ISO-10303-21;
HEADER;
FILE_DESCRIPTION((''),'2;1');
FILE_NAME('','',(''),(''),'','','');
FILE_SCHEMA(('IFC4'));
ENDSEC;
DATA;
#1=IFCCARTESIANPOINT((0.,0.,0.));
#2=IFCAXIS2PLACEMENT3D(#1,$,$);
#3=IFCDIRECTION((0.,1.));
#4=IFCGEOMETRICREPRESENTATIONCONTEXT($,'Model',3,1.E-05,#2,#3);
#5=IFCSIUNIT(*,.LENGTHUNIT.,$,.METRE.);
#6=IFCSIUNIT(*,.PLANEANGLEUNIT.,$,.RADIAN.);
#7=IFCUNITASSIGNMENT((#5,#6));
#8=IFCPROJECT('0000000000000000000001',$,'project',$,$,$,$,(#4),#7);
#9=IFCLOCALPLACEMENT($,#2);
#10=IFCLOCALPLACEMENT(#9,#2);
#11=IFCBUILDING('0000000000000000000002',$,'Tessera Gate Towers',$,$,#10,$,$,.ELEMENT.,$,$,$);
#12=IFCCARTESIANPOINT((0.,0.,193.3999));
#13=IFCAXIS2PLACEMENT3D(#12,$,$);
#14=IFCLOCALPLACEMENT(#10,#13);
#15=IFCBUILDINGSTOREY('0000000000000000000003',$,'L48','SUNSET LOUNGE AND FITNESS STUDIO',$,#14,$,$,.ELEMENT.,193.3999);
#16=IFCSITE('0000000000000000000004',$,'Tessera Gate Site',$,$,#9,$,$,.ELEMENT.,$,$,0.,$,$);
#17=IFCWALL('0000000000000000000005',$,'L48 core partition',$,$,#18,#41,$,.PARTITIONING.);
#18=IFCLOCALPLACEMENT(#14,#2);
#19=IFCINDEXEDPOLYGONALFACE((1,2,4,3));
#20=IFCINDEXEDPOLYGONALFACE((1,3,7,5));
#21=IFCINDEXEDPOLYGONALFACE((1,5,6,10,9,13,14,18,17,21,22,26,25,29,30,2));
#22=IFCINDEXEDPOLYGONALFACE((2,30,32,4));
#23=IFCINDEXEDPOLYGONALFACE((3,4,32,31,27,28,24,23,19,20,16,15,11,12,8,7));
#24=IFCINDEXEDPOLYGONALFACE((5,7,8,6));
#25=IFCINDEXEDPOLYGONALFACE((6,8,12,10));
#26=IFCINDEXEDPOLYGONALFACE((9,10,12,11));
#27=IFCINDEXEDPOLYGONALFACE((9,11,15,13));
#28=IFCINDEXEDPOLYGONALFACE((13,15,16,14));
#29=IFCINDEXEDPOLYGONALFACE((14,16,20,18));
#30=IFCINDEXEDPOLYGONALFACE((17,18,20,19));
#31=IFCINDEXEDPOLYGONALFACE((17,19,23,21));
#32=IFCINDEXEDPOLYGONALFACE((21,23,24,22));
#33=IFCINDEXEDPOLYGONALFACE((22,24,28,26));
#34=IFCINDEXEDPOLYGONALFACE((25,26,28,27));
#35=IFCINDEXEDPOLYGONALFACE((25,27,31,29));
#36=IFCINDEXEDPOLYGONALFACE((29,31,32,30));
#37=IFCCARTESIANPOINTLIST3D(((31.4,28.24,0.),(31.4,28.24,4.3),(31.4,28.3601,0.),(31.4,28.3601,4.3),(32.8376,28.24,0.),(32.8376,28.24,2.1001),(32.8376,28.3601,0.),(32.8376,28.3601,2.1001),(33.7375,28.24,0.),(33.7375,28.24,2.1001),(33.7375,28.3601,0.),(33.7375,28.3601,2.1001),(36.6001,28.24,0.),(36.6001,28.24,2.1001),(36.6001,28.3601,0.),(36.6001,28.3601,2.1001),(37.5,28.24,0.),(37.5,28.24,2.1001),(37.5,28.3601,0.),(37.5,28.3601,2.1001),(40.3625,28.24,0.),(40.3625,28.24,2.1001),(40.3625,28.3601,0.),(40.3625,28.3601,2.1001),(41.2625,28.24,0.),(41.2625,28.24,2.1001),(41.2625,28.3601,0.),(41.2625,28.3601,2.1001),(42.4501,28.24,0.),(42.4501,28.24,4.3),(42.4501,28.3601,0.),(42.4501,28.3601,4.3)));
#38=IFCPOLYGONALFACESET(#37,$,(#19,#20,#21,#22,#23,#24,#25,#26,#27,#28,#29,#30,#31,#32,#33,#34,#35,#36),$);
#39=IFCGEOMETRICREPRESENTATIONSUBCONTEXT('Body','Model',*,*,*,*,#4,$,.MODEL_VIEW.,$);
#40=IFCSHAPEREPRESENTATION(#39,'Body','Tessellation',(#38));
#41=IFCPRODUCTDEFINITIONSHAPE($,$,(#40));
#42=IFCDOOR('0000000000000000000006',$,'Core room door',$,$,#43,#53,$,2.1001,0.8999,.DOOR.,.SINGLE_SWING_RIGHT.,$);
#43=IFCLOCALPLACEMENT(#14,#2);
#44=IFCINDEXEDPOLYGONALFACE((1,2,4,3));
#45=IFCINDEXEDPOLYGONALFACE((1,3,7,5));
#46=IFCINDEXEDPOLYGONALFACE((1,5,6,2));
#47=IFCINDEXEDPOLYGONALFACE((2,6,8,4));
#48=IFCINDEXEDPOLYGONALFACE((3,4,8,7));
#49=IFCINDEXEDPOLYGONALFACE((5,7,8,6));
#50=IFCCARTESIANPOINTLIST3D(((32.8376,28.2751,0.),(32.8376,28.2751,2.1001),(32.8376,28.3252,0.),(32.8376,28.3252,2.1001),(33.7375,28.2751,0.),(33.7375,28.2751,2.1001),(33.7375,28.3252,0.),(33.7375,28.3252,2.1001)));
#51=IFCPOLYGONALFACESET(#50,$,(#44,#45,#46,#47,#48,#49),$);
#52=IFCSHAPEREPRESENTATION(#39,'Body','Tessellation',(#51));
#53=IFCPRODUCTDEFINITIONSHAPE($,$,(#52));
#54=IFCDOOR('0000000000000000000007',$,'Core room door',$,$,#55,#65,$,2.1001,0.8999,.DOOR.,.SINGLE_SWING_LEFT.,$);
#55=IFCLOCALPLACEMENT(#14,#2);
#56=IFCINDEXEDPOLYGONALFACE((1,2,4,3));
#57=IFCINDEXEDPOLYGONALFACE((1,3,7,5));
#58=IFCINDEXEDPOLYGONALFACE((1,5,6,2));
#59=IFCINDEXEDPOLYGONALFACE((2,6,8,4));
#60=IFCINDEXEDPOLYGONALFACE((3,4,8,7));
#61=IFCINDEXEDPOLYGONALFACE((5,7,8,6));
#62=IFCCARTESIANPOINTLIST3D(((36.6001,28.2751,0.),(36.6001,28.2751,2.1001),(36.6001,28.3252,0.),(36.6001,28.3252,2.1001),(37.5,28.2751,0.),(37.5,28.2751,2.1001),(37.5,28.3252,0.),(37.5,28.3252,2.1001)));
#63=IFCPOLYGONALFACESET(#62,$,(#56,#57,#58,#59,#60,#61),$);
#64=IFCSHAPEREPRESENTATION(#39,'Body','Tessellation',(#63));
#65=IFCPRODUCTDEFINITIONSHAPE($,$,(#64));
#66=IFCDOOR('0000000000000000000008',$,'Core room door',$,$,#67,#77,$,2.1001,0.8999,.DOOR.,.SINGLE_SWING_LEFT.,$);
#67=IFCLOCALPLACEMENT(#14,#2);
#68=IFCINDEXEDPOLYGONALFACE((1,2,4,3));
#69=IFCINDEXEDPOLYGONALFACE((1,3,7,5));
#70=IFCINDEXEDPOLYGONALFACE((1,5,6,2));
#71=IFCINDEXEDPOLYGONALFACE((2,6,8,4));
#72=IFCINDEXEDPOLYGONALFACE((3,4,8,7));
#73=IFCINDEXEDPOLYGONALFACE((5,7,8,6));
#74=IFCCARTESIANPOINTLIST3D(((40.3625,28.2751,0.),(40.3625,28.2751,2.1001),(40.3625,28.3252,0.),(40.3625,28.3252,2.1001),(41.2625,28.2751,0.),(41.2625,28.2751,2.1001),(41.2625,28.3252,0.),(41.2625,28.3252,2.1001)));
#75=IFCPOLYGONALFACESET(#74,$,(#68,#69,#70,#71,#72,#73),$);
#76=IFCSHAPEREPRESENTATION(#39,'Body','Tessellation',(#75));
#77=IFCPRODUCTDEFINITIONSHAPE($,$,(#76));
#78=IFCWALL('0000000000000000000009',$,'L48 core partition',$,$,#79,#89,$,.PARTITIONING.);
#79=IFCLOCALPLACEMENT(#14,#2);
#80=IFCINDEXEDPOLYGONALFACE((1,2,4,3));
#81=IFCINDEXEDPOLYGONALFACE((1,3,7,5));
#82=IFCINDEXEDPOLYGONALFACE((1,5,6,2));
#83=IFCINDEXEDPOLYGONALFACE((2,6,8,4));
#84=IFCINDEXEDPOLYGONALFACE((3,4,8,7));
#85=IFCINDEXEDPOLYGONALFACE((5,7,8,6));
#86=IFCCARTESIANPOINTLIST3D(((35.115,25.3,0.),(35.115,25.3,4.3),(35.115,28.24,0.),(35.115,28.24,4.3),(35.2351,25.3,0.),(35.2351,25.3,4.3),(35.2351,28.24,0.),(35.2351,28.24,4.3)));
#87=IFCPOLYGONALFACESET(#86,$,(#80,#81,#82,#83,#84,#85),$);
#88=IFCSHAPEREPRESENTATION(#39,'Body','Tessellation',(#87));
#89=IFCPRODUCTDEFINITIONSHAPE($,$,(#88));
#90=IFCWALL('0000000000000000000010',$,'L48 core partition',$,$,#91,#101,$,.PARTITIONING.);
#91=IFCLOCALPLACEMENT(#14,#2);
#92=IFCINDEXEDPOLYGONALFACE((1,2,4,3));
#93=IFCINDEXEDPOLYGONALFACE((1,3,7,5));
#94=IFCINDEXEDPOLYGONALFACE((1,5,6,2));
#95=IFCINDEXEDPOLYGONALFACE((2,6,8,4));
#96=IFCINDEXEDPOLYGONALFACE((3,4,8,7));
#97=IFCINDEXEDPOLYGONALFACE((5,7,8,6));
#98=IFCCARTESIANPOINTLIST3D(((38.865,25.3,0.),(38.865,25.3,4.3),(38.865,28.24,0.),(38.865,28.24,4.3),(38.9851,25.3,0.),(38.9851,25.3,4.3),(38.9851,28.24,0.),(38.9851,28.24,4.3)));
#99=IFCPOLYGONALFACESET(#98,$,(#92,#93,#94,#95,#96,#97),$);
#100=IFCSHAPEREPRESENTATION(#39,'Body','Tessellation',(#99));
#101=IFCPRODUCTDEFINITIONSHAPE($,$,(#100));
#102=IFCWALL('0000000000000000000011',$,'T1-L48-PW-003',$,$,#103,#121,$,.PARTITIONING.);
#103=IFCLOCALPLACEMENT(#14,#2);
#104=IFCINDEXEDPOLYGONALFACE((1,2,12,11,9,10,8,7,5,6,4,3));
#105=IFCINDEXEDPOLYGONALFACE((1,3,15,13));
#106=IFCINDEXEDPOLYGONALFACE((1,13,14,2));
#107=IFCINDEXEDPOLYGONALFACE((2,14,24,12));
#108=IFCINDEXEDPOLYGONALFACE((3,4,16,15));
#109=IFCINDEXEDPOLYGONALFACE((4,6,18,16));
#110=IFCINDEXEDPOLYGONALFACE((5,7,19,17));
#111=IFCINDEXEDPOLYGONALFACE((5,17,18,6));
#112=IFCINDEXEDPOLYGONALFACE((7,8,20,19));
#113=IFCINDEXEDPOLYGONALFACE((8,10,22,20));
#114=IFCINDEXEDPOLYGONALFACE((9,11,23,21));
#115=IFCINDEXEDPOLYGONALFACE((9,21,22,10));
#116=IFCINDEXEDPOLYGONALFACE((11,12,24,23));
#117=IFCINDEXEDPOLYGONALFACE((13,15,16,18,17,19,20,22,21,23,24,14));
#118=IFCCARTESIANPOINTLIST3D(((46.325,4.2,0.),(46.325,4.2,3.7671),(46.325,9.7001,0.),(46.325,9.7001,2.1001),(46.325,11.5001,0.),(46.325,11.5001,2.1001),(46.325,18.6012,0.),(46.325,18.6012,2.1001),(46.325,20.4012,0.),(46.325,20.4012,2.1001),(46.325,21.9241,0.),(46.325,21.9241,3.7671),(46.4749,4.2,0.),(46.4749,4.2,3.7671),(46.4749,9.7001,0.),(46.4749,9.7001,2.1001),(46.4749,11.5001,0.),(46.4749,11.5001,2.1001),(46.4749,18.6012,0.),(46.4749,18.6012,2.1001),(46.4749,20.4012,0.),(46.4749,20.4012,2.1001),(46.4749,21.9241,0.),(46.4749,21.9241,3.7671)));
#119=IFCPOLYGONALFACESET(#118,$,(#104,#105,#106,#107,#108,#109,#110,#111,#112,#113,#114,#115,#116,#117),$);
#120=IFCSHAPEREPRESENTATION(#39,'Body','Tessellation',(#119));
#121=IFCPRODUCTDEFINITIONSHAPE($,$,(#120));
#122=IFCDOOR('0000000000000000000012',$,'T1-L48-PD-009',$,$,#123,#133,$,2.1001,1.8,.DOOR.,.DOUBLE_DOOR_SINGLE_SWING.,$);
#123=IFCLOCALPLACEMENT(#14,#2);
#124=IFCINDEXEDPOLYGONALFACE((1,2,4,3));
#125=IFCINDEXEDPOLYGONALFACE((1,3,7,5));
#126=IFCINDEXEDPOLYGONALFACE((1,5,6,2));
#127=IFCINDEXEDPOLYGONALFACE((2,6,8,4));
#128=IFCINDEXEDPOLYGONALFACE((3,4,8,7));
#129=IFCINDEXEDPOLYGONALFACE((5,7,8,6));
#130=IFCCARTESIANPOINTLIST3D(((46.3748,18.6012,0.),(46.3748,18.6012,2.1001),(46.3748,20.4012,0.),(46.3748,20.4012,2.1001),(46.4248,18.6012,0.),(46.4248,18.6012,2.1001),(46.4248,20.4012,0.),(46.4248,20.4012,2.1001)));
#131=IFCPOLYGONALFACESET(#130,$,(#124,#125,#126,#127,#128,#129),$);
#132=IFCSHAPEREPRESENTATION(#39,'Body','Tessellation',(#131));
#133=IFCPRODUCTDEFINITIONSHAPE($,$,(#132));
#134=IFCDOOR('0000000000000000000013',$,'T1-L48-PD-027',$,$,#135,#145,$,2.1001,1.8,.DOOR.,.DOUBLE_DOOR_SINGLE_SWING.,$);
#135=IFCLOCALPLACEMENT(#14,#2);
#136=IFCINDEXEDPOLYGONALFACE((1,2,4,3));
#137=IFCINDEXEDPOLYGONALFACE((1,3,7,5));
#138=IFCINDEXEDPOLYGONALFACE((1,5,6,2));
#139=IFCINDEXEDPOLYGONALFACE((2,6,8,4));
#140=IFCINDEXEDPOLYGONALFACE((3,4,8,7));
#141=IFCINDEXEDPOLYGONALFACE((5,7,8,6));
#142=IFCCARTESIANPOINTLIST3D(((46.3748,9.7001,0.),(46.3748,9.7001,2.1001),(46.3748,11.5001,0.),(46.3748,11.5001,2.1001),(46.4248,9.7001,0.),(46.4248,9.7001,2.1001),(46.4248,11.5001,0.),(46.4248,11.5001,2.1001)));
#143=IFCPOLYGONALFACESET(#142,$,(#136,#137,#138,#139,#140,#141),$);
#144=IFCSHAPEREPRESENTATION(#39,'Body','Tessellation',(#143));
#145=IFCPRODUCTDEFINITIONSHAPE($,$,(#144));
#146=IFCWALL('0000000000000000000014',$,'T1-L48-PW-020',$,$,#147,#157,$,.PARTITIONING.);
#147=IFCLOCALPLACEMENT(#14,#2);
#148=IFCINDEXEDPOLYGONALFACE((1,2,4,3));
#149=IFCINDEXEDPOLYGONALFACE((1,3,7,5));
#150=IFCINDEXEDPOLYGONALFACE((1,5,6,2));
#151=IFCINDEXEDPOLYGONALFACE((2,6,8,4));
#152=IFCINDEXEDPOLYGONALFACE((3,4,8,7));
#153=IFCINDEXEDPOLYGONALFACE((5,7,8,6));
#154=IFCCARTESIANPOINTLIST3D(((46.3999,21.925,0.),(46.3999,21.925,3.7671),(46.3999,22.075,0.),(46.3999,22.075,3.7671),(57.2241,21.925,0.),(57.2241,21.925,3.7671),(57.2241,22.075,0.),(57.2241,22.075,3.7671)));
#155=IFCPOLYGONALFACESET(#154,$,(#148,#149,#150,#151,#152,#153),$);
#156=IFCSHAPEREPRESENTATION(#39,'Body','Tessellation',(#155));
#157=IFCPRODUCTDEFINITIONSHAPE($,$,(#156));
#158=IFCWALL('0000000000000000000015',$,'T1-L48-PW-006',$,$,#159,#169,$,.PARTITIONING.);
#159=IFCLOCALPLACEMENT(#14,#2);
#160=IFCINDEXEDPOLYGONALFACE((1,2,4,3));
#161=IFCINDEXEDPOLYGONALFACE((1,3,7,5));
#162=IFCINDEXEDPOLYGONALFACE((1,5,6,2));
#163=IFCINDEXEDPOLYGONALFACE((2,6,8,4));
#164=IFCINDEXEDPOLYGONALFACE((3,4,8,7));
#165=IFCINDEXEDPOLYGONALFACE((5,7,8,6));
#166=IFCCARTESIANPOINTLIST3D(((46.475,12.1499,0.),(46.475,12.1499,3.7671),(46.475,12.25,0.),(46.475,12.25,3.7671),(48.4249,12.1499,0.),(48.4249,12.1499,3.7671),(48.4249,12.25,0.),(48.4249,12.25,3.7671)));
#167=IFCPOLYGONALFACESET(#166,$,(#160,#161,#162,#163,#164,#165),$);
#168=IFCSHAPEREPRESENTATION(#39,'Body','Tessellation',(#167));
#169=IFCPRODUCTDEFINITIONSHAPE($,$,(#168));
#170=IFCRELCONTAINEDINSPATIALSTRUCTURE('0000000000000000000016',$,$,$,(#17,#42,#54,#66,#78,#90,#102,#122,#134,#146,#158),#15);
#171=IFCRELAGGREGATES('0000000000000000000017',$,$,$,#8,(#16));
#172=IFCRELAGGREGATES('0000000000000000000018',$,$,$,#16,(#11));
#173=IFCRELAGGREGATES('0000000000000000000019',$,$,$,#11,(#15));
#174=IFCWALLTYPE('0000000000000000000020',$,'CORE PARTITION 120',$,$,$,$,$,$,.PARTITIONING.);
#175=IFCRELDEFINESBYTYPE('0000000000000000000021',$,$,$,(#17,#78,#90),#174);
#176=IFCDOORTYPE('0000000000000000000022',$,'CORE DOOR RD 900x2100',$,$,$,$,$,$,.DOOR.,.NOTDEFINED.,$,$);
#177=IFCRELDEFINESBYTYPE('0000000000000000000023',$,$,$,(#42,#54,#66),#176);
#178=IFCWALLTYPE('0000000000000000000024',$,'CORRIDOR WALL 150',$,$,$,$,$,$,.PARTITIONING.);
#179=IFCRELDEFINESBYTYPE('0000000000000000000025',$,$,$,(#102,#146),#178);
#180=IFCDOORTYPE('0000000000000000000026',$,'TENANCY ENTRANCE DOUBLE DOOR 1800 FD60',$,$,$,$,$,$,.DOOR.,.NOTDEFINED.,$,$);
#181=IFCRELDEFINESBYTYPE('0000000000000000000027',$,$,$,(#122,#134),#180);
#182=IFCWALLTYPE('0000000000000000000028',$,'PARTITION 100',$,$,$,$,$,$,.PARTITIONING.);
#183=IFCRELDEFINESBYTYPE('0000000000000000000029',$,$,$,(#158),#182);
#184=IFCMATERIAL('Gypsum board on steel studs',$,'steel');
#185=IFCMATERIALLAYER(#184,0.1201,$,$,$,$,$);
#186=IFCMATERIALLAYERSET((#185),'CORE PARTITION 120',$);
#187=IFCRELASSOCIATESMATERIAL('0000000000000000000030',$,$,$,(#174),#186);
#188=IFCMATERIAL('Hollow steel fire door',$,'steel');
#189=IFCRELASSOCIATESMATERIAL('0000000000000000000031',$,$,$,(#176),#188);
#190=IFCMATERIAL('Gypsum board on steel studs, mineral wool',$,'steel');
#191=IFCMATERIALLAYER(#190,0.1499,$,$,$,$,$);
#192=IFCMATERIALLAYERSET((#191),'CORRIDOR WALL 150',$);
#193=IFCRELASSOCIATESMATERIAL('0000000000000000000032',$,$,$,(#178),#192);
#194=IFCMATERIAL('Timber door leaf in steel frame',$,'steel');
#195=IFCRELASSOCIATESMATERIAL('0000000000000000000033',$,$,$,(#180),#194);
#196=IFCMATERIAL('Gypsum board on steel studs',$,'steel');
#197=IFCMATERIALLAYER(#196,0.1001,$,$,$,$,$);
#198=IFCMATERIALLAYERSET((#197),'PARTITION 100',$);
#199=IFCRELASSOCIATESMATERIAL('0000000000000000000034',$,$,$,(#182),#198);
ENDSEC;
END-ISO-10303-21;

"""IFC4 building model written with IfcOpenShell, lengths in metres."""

from ifc_helpers import new_model, si_unit, direction, frame, frame_2d, origin, place, context, subcontext, project, spatial, rectangle, extrude, source, transform, mapped, material, layer, layer_set, type_object, element, fill, save


model = new_model("IFC4")

# Units and contexts
model_context = context("Model", 3, precision=1e-05, world=origin(), true_north=direction((0.0, 1.0)))
body_context = subcontext(model_context, "Body", "Model", "MODEL_VIEW")
ifc_project = project(units=[si_unit("LENGTHUNIT", "METRE"), si_unit("PLANEANGLEUNIT", "RADIAN")], contexts=[model_context])

# Site, building, storey
site_placement = place(None, origin())
site = spatial("IfcSite", under=ifc_project, at=site_placement, Name="Tessera Gate Site", CompositionType="ELEMENT", RefElevation=0.0)
building_placement = place(site_placement, origin())
building = spatial("IfcBuilding", under=site, at=building_placement, Name="Tessera Gate Towers", CompositionType="ELEMENT")
storey_placement = place(building_placement, frame((0.0, 0.0, 193.3999)))
storey = spatial("IfcBuildingStorey", under=building, at=storey_placement, Name="L48", Description="SUNSET LOUNGE AND FITNESS STUDIO", CompositionType="ELEMENT", Elevation=193.3999)

# Wall, openings, doors
ifc_material_1 = material(Name="Gypsum board on steel studs", Category="steel")
ifc_layer_1 = layer(ifc_material_1, 0.1201)
ifc_layer_set_1 = layer_set([ifc_layer_1], Name="CORE PARTITION 120")
wall_type_1 = type_object("IfcWallType", Name="CORE PARTITION 120", PredefinedType="PARTITIONING", material=ifc_layer_set_1)
wall_1_placement = place(storey_placement, frame((42.45, 28.3, 0.0), z_axis=(0.0, 0.0, 1.0), x_axis=(-1.0, 0.0, 0.0)))
wall_1 = element("IfcWall", 1, at=wall_1_placement, inside=storey, type_object=wall_type_1, Name="L48 core partition", PredefinedType="PARTITIONING", context=body_context, shape_type="SweptSolid", body=[
    extrude(rectangle(XDim=11.05, YDim=0.1201, at=frame_2d((5.5249, 0.0))), origin(), (0.0, 0.0, 1.0), 4.3),
])
shared_shape_1 = source(origin(), body_context, "Body", "SweptSolid", [
    extrude(rectangle(XDim=0.8999, YDim=2.1001, at=frame_2d((0.45, 1.05))), frame((0.0, 0.0701, 0.0), z_axis=(0.0, -1.0, 0.0), x_axis=(1.0, 0.0, 0.0)), (0.0, 0.0, 1.0), 0.1401),
])
opening_1_placement = place(wall_1_placement, frame((8.7124, 0.0, 0.0)))
opening_1 = element("IfcOpeningElement", 2, at=opening_1_placement, cuts=wall_1, PredefinedType="OPENING", context=body_context, shape_type="MappedRepresentation", body=[
    mapped(shared_shape_1, transform((0.0, 0.0, 0.0), scale=1.0)),
])
opening_2_placement = place(wall_1_placement, frame((4.95, 0.0, 0.0)))
opening_2 = element("IfcOpeningElement", 3, at=opening_2_placement, cuts=wall_1, PredefinedType="OPENING", context=body_context, shape_type="MappedRepresentation", body=[
    mapped(shared_shape_1, transform((0.0, 0.0, 0.0), scale=1.0)),
])
opening_3_placement = place(wall_1_placement, frame((1.1875, 0.0, 0.0)))
opening_3 = element("IfcOpeningElement", 4, at=opening_3_placement, cuts=wall_1, PredefinedType="OPENING", context=body_context, shape_type="MappedRepresentation", body=[
    mapped(shared_shape_1, transform((0.0, 0.0, 0.0), scale=1.0)),
])
ifc_material_2 = material(Name="Hollow steel fire door", Category="steel")
door_type_1 = type_object("IfcDoorType", Name="CORE DOOR RD 900x2100", OperationType="NOTDEFINED", PredefinedType="DOOR", material=ifc_material_2)
shared_shape_2 = source(origin(), body_context, "Body", "SweptSolid", [
    extrude(rectangle(XDim=0.8999, YDim=2.1001, at=frame_2d((0.45, 1.05))), frame((0.0, 0.0249, 0.0), z_axis=(0.0, -1.0, 0.0), x_axis=(1.0, 0.0, 0.0)), (0.0, 0.0, 1.0), 0.05),
])
door_1_placement = place(opening_1_placement, origin())
door_1 = element("IfcDoor", 5, at=door_1_placement, inside=storey, type_object=door_type_1, Name="Core room door", OperationType="SINGLE_SWING_RIGHT", OverallHeight=2.1001, OverallWidth=0.8999, PredefinedType="DOOR", context=body_context, shape_type="MappedRepresentation", body=[
    mapped(shared_shape_2, transform((0.0, 0.0, 0.0), scale=1.0)),
])
fill(opening_1, door_1)
door_2_placement = place(opening_2_placement, origin())
door_2 = element("IfcDoor", 6, at=door_2_placement, inside=storey, type_object=door_type_1, Name="Core room door", OperationType="SINGLE_SWING_LEFT", OverallHeight=2.1001, OverallWidth=0.8999, PredefinedType="DOOR", context=body_context, shape_type="MappedRepresentation", body=[
    mapped(shared_shape_2, transform((0.0, 0.0, 0.0), scale=1.0)),
])
fill(opening_2, door_2)
door_3_placement = place(opening_3_placement, origin())
door_3 = element("IfcDoor", 7, at=door_3_placement, inside=storey, type_object=door_type_1, Name="Core room door", OperationType="SINGLE_SWING_LEFT", OverallHeight=2.1001, OverallWidth=0.8999, PredefinedType="DOOR", context=body_context, shape_type="MappedRepresentation", body=[
    mapped(shared_shape_2, transform((0.0, 0.0, 0.0), scale=1.0)),
])
fill(opening_3, door_3)

# Walls
for number, where, z_axis, x_axis, name in (
    (8, (35.175, 25.3, 0.0), (0.0, 0.0, 1.0), (0.0, 1.0, 0.0), "L48 core partition"),
    (9, (38.925, 25.3, 0.0), (0.0, 0.0, 1.0), (0.0, 1.0, 0.0), "L48 core partition"),
):
    element("IfcWall", number, at=place(storey_placement, frame(where, z_axis=z_axis, x_axis=x_axis)), inside=storey, type_object=wall_type_1, Name=name, PredefinedType="PARTITIONING", context=body_context, shape_type="SweptSolid", body=[
        extrude(rectangle(XDim=2.9399, YDim=0.1201, at=frame_2d((1.47, 0.0))), origin(), (0.0, 0.0, 1.0), 4.3),
    ])

# Wall, openings, doors
ifc_material_3 = material(Name="Gypsum board on steel studs, mineral wool", Category="steel")
ifc_layer_2 = layer(ifc_material_3, 0.1499)
ifc_layer_set_2 = layer_set([ifc_layer_2], Name="CORRIDOR WALL 150")
wall_type_2 = type_object("IfcWallType", Name="CORRIDOR WALL 150", PredefinedType="PARTITIONING", material=ifc_layer_set_2)
wall_2_placement = place(storey_placement, frame((46.3999, 21.9241, 0.0), z_axis=(0.0, 0.0, 1.0), x_axis=(0.0, -1.0, 0.0)))
wall_2 = element("IfcWall", 10, at=wall_2_placement, inside=storey, type_object=wall_type_2, Name="T1-L48-PW-003", PredefinedType="PARTITIONING", context=body_context, shape_type="SweptSolid", body=[
    extrude(rectangle(XDim=17.7241, YDim=0.1499, at=frame_2d((8.8621, 0.0))), origin(), (0.0, 0.0, 1.0), 3.7671),
])
shared_shape_3 = source(origin(), body_context, "Body", "SweptSolid", [
    extrude(rectangle(XDim=1.8, YDim=2.1001, at=frame_2d((0.8999, 1.05))), frame((0.0, 0.085, 0.0), z_axis=(0.0, -1.0, 0.0), x_axis=(1.0, 0.0, 0.0)), (0.0, 0.0, 1.0), 0.1699),
])
opening_4_placement = place(wall_2_placement, frame((1.5229, 0.0, 0.0)))
opening_4 = element("IfcOpeningElement", 11, at=opening_4_placement, cuts=wall_2, PredefinedType="OPENING", context=body_context, shape_type="MappedRepresentation", body=[
    mapped(shared_shape_3, transform((0.0, 0.0, 0.0), scale=1.0)),
])
opening_5_placement = place(wall_2_placement, frame((10.4241, 0.0, 0.0)))
opening_5 = element("IfcOpeningElement", 12, at=opening_5_placement, cuts=wall_2, PredefinedType="OPENING", context=body_context, shape_type="MappedRepresentation", body=[
    mapped(shared_shape_3, transform((0.0, 0.0, 0.0), scale=1.0)),
])
ifc_material_4 = material(Name="Timber door leaf in steel frame", Category="steel")
door_type_2 = type_object("IfcDoorType", Name="TENANCY ENTRANCE DOUBLE DOOR 1800 FD60", OperationType="NOTDEFINED", PredefinedType="DOOR", material=ifc_material_4)
shared_shape_4 = source(origin(), body_context, "Body", "SweptSolid", [
    extrude(rectangle(XDim=1.8, YDim=2.1001, at=frame_2d((0.8999, 1.05))), frame((0.0, 0.0249, 0.0), z_axis=(0.0, -1.0, 0.0), x_axis=(1.0, 0.0, 0.0)), (0.0, 0.0, 1.0), 0.05),
])
door_4_placement = place(opening_4_placement, origin())
door_4 = element("IfcDoor", 13, at=door_4_placement, inside=storey, type_object=door_type_2, Name="T1-L48-PD-009", OperationType="DOUBLE_DOOR_SINGLE_SWING", OverallHeight=2.1001, OverallWidth=1.8, PredefinedType="DOOR", context=body_context, shape_type="MappedRepresentation", body=[
    mapped(shared_shape_4, transform((0.0, 0.0, 0.0), scale=1.0)),
])
fill(opening_4, door_4)
door_5_placement = place(opening_5_placement, origin())
door_5 = element("IfcDoor", 14, at=door_5_placement, inside=storey, type_object=door_type_2, Name="T1-L48-PD-027", OperationType="DOUBLE_DOOR_SINGLE_SWING", OverallHeight=2.1001, OverallWidth=1.8, PredefinedType="DOOR", context=body_context, shape_type="MappedRepresentation", body=[
    mapped(shared_shape_4, transform((0.0, 0.0, 0.0), scale=1.0)),
])
fill(opening_5, door_5)

# Walls
wall_3_placement = place(storey_placement, frame((46.3999, 22.0, 0.0), z_axis=(0.0, 0.0, 1.0), x_axis=(1.0, 0.0, 0.0)))
element("IfcWall", 15, at=wall_3_placement, inside=storey, type_object=wall_type_2, Name="T1-L48-PW-020", PredefinedType="PARTITIONING", context=body_context, shape_type="SweptSolid", body=[
    extrude(rectangle(XDim=10.8242, YDim=0.1499, at=frame_2d((5.4121, 0.0))), origin(), (0.0, 0.0, 1.0), 3.7671),
])
ifc_material_5 = material(Name="Gypsum board on steel studs", Category="steel")
ifc_layer_3 = layer(ifc_material_5, 0.1001)
ifc_layer_set_3 = layer_set([ifc_layer_3], Name="PARTITION 100")
wall_type_3 = type_object("IfcWallType", Name="PARTITION 100", PredefinedType="PARTITIONING", material=ifc_layer_set_3)
wall_4_placement = place(storey_placement, frame((48.425, 12.2, 0.0), z_axis=(0.0, 0.0, 1.0), x_axis=(-1.0, 0.0, 0.0)))
element("IfcWall", 16, at=wall_4_placement, inside=storey, type_object=wall_type_3, Name="T1-L48-PW-006", PredefinedType="PARTITIONING", context=body_context, shape_type="SweptSolid", body=[
    extrude(rectangle(XDim=1.95, YDim=0.1001, at=frame_2d((0.9751, 0.0))), origin(), (0.0, 0.0, 1.0), 3.7671),
])

save(model, "model.ifc")
